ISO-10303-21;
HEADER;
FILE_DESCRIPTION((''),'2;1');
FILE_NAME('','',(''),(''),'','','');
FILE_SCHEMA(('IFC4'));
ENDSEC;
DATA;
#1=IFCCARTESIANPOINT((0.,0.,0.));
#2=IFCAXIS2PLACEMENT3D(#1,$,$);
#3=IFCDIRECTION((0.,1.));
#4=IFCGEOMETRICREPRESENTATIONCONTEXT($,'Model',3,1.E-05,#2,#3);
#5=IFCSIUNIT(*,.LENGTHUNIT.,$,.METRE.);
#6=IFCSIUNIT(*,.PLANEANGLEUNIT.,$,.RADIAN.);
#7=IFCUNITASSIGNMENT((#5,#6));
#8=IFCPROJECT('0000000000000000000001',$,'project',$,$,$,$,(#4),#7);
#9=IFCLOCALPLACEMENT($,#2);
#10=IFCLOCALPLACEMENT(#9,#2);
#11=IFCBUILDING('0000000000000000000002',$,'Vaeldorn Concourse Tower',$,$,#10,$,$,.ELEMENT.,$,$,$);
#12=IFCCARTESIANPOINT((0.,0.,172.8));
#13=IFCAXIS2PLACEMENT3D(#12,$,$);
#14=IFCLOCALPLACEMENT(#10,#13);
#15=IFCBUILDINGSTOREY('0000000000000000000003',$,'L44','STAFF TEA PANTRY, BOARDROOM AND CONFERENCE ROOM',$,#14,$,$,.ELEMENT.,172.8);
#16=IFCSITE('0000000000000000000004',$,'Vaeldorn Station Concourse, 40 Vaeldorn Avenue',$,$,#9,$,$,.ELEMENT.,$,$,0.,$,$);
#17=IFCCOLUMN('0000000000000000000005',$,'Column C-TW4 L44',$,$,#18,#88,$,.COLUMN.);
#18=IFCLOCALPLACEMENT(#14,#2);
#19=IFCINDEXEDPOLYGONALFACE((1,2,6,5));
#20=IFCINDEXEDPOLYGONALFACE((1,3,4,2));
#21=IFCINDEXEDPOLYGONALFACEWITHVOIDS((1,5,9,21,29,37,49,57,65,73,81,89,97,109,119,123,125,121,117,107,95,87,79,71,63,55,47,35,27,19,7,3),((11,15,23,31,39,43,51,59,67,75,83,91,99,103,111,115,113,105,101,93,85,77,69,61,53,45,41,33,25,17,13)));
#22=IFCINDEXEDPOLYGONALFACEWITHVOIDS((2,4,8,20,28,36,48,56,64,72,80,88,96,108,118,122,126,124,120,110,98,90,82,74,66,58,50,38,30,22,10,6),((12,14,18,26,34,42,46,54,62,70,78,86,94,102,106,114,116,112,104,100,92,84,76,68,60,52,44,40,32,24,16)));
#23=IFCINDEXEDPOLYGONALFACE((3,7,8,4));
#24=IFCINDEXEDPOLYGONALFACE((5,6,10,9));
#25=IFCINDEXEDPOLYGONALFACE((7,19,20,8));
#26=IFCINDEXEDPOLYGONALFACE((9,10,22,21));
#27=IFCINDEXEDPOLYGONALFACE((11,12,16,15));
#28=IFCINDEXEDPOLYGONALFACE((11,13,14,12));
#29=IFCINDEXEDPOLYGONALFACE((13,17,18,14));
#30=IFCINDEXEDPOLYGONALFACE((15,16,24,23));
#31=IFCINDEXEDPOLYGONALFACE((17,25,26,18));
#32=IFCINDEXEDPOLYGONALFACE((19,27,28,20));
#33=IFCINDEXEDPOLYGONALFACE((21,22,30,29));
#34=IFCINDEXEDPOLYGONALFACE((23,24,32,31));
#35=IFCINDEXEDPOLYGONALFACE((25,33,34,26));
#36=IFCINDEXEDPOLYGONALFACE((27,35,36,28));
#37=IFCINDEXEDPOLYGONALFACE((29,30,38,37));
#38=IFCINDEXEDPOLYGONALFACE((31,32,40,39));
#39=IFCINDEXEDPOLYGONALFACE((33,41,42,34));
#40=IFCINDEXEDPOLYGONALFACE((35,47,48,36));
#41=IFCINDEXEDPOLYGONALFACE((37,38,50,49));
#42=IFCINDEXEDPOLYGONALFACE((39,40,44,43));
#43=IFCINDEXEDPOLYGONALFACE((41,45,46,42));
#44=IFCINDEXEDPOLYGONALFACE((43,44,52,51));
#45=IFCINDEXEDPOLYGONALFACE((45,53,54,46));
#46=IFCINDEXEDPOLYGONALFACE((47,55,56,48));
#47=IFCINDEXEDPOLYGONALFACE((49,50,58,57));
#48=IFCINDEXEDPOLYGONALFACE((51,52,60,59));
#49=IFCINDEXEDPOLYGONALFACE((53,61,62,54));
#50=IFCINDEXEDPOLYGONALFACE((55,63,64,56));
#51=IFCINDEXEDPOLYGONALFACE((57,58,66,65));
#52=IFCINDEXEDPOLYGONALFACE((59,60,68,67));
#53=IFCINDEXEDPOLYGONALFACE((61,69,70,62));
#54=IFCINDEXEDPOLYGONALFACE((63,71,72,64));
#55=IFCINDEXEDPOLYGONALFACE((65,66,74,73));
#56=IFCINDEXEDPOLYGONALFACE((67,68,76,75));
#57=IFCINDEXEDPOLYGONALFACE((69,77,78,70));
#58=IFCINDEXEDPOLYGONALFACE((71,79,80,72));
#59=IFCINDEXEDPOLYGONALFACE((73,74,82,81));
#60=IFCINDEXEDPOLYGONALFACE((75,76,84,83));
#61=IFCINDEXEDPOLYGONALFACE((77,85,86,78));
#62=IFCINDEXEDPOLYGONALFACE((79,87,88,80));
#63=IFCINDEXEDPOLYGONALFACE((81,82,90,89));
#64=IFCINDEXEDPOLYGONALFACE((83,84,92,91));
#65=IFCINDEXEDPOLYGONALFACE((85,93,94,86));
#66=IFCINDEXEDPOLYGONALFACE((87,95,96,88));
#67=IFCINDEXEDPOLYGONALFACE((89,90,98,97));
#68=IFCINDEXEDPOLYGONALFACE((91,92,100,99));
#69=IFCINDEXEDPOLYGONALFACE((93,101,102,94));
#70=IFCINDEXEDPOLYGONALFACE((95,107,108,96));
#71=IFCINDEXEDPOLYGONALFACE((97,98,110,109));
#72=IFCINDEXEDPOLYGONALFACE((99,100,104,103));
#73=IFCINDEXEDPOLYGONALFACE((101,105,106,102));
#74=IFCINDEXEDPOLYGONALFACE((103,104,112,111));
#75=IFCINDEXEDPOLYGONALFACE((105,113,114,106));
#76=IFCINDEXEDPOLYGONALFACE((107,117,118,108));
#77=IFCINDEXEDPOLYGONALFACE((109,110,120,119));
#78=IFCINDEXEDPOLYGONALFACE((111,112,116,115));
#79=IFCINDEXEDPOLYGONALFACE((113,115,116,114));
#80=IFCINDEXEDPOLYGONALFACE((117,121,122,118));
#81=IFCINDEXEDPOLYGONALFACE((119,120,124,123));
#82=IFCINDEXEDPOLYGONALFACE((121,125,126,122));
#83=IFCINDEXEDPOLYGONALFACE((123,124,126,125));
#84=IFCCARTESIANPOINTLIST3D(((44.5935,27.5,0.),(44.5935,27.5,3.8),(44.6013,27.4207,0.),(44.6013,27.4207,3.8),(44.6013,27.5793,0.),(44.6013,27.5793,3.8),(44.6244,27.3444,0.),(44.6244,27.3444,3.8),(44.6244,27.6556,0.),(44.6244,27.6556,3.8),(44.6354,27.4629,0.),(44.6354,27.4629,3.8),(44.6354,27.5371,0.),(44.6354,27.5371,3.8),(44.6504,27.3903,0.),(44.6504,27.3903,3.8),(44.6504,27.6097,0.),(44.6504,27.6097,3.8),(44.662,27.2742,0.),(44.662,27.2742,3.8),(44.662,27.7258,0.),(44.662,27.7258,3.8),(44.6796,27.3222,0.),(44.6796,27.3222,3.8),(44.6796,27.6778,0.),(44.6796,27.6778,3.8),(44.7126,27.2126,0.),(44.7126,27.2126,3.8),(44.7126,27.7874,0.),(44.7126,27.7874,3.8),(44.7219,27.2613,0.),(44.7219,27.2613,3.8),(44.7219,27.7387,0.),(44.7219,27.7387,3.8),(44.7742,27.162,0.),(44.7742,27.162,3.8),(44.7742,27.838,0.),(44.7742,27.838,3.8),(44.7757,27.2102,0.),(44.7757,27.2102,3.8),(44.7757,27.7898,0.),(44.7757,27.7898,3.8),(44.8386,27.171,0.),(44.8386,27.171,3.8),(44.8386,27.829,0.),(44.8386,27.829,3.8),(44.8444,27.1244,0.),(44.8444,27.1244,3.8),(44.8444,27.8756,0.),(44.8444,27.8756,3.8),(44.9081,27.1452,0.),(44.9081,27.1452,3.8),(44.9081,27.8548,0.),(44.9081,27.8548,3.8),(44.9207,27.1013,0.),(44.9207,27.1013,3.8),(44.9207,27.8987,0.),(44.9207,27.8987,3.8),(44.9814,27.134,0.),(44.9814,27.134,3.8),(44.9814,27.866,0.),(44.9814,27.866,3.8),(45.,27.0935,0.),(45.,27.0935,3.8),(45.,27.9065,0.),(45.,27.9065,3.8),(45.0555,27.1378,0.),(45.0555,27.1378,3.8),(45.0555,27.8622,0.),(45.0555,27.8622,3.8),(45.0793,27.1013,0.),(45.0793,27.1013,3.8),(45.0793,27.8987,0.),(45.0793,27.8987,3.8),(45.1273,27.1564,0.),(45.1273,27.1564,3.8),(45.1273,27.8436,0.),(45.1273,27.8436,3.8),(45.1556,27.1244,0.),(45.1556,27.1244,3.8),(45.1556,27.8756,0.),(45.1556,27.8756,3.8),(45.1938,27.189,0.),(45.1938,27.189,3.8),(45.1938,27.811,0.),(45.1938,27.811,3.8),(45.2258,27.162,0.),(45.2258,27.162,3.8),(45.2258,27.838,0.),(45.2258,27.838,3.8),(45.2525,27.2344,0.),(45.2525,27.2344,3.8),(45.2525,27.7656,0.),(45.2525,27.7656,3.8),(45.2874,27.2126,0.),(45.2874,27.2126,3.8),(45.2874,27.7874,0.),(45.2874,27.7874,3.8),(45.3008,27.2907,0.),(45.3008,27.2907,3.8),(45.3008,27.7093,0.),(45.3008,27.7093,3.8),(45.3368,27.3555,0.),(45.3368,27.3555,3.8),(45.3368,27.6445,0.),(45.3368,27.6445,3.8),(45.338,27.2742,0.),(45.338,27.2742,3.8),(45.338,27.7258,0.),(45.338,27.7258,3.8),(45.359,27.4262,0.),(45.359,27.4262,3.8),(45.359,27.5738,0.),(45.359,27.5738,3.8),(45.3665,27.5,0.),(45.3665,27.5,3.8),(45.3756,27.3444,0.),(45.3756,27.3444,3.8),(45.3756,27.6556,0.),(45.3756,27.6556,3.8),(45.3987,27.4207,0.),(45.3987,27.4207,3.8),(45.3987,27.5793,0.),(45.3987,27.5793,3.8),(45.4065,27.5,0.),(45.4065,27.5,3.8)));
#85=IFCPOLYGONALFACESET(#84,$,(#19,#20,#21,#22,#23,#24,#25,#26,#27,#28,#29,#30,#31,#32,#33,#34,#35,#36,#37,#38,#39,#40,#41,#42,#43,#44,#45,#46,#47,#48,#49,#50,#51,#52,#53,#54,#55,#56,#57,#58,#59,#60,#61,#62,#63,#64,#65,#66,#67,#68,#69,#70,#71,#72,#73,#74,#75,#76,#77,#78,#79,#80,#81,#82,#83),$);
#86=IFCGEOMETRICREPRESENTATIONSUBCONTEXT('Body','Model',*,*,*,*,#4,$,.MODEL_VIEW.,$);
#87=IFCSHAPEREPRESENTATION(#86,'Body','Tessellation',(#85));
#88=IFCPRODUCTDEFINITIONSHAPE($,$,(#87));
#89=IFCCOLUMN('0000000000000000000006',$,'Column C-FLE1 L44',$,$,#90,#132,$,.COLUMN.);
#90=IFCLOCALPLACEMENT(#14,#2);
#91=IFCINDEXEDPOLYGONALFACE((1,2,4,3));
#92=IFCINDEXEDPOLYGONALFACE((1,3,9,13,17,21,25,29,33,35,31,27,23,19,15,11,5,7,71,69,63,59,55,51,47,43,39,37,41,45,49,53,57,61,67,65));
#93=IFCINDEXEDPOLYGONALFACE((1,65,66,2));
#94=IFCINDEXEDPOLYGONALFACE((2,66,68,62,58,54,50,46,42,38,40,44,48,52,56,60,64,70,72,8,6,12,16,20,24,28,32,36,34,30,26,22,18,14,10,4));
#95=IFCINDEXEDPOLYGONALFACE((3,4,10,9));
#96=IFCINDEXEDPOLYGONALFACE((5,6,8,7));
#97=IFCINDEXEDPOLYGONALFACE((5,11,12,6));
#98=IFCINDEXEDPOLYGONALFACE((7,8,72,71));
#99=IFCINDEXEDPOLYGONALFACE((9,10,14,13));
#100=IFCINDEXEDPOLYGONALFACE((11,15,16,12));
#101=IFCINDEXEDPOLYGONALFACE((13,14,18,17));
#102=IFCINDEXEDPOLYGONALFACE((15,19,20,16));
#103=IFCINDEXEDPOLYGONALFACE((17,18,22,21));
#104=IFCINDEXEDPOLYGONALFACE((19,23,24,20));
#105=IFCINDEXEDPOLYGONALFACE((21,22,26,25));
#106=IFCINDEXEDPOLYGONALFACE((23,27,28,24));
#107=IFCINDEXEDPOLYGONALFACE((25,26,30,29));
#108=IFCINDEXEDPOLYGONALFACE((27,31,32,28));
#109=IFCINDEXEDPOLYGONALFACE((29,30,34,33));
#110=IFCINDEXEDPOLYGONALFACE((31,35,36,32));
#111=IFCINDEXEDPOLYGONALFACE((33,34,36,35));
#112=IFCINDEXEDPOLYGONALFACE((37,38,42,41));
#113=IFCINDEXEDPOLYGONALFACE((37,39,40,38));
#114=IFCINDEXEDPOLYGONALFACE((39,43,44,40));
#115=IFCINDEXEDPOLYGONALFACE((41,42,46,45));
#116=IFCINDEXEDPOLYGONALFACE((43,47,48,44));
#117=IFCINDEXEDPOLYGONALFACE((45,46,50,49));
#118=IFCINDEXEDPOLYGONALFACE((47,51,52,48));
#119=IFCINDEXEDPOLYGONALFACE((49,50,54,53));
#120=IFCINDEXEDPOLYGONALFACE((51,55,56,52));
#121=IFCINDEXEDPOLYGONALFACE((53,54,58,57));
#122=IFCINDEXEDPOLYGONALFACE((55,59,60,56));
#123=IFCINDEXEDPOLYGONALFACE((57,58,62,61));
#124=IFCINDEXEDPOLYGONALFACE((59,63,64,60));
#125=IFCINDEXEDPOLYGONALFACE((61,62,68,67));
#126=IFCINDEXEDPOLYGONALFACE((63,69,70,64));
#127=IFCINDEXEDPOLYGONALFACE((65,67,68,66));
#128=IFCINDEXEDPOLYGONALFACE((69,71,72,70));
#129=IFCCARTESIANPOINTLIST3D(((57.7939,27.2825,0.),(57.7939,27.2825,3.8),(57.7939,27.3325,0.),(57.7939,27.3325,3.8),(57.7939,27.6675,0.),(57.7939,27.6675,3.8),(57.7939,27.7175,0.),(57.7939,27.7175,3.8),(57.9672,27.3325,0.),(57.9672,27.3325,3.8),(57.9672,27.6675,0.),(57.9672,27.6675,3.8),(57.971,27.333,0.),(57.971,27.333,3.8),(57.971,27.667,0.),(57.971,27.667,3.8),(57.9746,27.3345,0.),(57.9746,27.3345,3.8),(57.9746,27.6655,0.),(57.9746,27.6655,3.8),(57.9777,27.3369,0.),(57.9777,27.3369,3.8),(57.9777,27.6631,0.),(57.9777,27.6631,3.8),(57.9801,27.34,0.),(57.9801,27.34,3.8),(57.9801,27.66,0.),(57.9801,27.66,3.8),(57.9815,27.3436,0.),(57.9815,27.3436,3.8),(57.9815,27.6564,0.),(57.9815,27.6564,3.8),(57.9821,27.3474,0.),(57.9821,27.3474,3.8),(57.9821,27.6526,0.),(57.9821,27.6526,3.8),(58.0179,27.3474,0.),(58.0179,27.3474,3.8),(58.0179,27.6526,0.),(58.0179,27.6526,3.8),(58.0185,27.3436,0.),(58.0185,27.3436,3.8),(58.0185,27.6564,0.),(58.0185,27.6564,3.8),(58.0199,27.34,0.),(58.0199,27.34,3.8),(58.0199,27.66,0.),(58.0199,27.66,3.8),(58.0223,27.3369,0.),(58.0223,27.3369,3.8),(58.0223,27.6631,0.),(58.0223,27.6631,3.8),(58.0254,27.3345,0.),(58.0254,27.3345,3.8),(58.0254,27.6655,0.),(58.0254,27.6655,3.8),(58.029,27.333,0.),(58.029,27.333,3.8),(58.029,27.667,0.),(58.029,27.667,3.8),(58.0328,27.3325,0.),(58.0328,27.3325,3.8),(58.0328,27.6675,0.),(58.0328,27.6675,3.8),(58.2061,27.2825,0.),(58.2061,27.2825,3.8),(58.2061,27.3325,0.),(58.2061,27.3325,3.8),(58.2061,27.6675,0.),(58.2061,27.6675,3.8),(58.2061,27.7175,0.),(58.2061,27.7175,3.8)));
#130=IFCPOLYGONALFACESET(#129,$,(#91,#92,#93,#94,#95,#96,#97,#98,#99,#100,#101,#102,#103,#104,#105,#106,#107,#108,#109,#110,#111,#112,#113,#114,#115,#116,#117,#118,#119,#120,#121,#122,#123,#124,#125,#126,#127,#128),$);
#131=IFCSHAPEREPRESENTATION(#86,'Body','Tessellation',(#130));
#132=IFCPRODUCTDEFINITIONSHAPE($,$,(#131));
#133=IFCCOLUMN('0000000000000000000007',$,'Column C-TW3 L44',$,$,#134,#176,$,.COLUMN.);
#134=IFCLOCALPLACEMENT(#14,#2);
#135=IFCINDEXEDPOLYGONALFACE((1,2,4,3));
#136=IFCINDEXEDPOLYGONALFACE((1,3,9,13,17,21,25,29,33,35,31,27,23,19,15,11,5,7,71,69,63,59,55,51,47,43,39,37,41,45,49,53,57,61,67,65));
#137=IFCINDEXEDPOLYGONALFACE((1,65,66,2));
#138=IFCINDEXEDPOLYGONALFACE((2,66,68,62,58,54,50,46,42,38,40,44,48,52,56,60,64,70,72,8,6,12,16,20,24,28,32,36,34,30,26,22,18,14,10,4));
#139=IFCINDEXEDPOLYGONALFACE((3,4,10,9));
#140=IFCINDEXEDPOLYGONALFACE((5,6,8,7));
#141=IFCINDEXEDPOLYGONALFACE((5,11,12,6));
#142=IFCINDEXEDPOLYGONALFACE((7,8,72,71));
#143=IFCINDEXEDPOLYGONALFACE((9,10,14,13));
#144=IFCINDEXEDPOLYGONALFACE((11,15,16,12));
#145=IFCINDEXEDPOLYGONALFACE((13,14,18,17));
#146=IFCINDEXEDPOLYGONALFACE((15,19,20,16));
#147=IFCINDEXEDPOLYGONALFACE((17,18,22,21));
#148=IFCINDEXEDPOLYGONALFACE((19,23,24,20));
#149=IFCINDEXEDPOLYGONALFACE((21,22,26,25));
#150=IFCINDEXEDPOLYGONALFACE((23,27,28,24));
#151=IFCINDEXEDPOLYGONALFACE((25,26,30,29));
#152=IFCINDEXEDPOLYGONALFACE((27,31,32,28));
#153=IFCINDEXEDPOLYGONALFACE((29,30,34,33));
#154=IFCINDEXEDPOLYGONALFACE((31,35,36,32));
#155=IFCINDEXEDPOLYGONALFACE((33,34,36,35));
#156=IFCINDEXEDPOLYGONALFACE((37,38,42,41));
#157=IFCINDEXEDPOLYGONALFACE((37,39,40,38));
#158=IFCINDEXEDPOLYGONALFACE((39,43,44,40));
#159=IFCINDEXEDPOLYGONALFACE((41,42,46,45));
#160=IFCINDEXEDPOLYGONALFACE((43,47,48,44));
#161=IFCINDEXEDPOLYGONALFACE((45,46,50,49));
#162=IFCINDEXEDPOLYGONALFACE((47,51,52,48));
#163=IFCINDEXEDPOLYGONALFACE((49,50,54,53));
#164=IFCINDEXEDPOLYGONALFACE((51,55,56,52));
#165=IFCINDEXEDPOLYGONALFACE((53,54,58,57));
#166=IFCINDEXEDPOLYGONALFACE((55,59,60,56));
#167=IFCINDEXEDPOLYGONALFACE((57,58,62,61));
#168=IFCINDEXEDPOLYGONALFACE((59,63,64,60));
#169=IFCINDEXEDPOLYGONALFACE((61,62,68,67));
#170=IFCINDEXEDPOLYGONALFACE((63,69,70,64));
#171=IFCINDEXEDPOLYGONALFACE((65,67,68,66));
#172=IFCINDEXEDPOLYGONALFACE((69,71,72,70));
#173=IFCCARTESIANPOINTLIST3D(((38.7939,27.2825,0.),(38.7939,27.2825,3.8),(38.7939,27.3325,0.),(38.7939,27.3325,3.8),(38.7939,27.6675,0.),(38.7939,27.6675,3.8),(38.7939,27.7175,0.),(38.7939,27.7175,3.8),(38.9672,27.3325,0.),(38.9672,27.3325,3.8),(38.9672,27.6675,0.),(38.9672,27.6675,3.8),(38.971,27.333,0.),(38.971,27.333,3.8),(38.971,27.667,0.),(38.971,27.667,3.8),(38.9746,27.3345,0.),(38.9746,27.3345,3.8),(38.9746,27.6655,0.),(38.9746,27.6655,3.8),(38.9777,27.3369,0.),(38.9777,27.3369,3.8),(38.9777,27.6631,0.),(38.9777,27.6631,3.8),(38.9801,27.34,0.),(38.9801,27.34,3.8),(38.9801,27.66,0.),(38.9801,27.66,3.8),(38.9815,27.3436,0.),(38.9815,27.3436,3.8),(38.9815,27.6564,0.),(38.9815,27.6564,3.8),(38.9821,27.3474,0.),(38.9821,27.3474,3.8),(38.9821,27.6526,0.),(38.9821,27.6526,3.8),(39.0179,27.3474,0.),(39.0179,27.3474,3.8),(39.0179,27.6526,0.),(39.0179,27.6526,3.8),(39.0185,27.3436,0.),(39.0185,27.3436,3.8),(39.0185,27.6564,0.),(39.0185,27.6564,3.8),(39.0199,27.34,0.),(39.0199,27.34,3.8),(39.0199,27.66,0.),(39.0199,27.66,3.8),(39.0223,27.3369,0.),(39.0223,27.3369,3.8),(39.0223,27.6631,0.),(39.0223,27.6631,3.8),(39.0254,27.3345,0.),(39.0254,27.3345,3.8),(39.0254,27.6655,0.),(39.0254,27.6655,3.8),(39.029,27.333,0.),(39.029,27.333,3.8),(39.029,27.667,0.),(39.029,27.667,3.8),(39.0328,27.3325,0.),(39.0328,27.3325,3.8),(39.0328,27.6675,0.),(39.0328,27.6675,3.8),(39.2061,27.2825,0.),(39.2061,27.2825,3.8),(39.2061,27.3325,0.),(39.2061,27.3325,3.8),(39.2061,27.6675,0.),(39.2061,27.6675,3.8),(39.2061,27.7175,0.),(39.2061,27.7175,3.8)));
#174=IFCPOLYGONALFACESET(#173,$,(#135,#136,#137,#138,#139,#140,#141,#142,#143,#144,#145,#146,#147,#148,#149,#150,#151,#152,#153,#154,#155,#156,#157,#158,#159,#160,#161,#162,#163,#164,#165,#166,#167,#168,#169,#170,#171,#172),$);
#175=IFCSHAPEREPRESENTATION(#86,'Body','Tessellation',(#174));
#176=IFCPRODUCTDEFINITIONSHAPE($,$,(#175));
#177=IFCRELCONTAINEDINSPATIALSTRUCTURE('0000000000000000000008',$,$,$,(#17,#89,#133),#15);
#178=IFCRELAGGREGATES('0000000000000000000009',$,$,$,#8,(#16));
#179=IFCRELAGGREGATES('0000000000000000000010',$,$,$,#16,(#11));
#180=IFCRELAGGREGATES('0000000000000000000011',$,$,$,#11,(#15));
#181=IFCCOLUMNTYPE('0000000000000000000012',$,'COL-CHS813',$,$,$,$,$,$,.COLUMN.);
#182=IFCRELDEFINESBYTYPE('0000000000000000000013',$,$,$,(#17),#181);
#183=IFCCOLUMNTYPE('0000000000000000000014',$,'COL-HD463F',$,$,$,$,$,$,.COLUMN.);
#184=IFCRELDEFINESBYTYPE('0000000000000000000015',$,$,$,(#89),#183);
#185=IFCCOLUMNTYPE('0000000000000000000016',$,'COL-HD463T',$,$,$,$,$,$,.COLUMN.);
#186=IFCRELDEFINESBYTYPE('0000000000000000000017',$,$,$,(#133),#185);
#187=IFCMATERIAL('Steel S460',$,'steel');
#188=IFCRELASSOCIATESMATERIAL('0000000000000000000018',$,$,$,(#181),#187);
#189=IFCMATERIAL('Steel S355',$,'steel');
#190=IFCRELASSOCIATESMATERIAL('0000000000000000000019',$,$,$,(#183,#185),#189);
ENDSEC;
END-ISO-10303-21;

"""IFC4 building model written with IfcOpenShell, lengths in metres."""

from ifc_helpers import new_model, si_unit, direction, frame, origin, origin_2d, place, context, subcontext, project, spatial, hollow_circle, i_section, extrude, source, transform, mapped, material, material_profile, profile_set, type_object, element, save


model = new_model("IFC4")

# Units and contexts
model_context = context("Model", 3, precision=1e-05, world=origin(), true_north=direction((0.0, 1.0)))
body_context = subcontext(model_context, "Body", "Model", "MODEL_VIEW")
ifc_project = project(units=[si_unit("LENGTHUNIT", "METRE"), si_unit("PLANEANGLEUNIT", "RADIAN")], contexts=[model_context])

# Site, building, storey
site_placement = place(None, origin())
site = spatial("IfcSite", under=ifc_project, at=site_placement, Name="Vaeldorn Station Concourse, 40 Vaeldorn Avenue", CompositionType="ELEMENT", RefElevation=0.0)
building_placement = place(site_placement, origin())
building = spatial("IfcBuilding", under=site, at=building_placement, Name="Vaeldorn Concourse Tower", CompositionType="ELEMENT")
storey_placement = place(building_placement, frame((0.0, 0.0, 172.8)))
storey = spatial("IfcBuildingStorey", under=building, at=storey_placement, Name="L44", Description="STAFF TEA PANTRY, BOARDROOM AND CONFERENCE ROOM", CompositionType="ELEMENT", Elevation=172.8)

# Columns
ifc_material_1 = material(Name="Steel S460", Category="steel")
ifc_material_profile_1 = material_profile(ifc_material_1, hollow_circle(Radius=0.4065, WallThickness=0.04, at=origin_2d()), Name="CHS 813x40")
ifc_profile_set_1 = profile_set([ifc_material_profile_1], Name="Steel S460")
column_type_1 = type_object("IfcColumnType", Name="COL-CHS813", PredefinedType="COLUMN", material=ifc_profile_set_1)
shared_shape_1 = source(origin(), body_context, "Body", "SweptSolid", [
    extrude(hollow_circle(Radius=0.4065, WallThickness=0.04, at=origin_2d()), origin(), (0.0, 0.0, 1.0), 3.8),
])
column_1_placement = place(storey_placement, frame((45.0, 27.5, 0.0), z_axis=(0.0, 0.0, 1.0), x_axis=(1.0, 0.0, 0.0)))
element("IfcColumn", 1, at=column_1_placement, inside=storey, type_object=column_type_1, Name="Column C-TW4 L44", PredefinedType="COLUMN", context=body_context, shape_type="MappedRepresentation", body=[
    mapped(shared_shape_1, transform((0.0, 0.0, 0.0), scale=1.0)),
])
ifc_material_2 = material(Name="Steel S355", Category="steel")
ifc_material_profile_2 = material_profile(ifc_material_2, i_section(OverallWidth=0.4121, OverallDepth=0.4351, WebThickness=0.0359, FlangeThickness=0.05, FilletRadius=0.0149, at=origin_2d()), Name="HD 400x463")
ifc_profile_set_2 = profile_set([ifc_material_profile_2], Name="Steel S355")
column_type_2 = type_object("IfcColumnType", Name="COL-HD463F", PredefinedType="COLUMN", material=ifc_profile_set_2)
shared_shape_2 = source(origin(), body_context, "Body", "SweptSolid", [
    extrude(i_section(OverallWidth=0.4121, OverallDepth=0.4351, WebThickness=0.0359, FlangeThickness=0.05, FilletRadius=0.0149, at=origin_2d()), origin(), (0.0, 0.0, 1.0), 3.8),
])
column_2_placement = place(storey_placement, frame((58.0, 27.5, 0.0), z_axis=(0.0, 0.0, 1.0), x_axis=(1.0, 0.0, 0.0)))
element("IfcColumn", 2, at=column_2_placement, inside=storey, type_object=column_type_2, Name="Column C-FLE1 L44", PredefinedType="COLUMN", context=body_context, shape_type="MappedRepresentation", body=[
    mapped(shared_shape_2, transform((0.0, 0.0, 0.0), scale=1.0)),
])
ifc_material_profile_3 = material_profile(ifc_material_2, i_section(OverallWidth=0.4121, OverallDepth=0.4351, WebThickness=0.0359, FlangeThickness=0.05, FilletRadius=0.0149, at=origin_2d()), Name="HD 400x463")
ifc_profile_set_3 = profile_set([ifc_material_profile_3], Name="Steel S355")
column_type_3 = type_object("IfcColumnType", Name="COL-HD463T", PredefinedType="COLUMN", material=ifc_profile_set_3)
shared_shape_3 = source(origin(), body_context, "Body", "SweptSolid", [
    extrude(i_section(OverallWidth=0.4121, OverallDepth=0.4351, WebThickness=0.0359, FlangeThickness=0.05, FilletRadius=0.0149, at=origin_2d()), origin(), (0.0, 0.0, 1.0), 3.8),
])
column_3_placement = place(storey_placement, frame((39.0, 27.5, 0.0), z_axis=(0.0, 0.0, 1.0), x_axis=(1.0, 0.0, 0.0)))
element("IfcColumn", 3, at=column_3_placement, inside=storey, type_object=column_type_3, Name="Column C-TW3 L44", PredefinedType="COLUMN", context=body_context, shape_type="MappedRepresentation", body=[
    mapped(shared_shape_3, transform((0.0, 0.0, 0.0), scale=1.0)),
])

save(model, "model.ifc")
